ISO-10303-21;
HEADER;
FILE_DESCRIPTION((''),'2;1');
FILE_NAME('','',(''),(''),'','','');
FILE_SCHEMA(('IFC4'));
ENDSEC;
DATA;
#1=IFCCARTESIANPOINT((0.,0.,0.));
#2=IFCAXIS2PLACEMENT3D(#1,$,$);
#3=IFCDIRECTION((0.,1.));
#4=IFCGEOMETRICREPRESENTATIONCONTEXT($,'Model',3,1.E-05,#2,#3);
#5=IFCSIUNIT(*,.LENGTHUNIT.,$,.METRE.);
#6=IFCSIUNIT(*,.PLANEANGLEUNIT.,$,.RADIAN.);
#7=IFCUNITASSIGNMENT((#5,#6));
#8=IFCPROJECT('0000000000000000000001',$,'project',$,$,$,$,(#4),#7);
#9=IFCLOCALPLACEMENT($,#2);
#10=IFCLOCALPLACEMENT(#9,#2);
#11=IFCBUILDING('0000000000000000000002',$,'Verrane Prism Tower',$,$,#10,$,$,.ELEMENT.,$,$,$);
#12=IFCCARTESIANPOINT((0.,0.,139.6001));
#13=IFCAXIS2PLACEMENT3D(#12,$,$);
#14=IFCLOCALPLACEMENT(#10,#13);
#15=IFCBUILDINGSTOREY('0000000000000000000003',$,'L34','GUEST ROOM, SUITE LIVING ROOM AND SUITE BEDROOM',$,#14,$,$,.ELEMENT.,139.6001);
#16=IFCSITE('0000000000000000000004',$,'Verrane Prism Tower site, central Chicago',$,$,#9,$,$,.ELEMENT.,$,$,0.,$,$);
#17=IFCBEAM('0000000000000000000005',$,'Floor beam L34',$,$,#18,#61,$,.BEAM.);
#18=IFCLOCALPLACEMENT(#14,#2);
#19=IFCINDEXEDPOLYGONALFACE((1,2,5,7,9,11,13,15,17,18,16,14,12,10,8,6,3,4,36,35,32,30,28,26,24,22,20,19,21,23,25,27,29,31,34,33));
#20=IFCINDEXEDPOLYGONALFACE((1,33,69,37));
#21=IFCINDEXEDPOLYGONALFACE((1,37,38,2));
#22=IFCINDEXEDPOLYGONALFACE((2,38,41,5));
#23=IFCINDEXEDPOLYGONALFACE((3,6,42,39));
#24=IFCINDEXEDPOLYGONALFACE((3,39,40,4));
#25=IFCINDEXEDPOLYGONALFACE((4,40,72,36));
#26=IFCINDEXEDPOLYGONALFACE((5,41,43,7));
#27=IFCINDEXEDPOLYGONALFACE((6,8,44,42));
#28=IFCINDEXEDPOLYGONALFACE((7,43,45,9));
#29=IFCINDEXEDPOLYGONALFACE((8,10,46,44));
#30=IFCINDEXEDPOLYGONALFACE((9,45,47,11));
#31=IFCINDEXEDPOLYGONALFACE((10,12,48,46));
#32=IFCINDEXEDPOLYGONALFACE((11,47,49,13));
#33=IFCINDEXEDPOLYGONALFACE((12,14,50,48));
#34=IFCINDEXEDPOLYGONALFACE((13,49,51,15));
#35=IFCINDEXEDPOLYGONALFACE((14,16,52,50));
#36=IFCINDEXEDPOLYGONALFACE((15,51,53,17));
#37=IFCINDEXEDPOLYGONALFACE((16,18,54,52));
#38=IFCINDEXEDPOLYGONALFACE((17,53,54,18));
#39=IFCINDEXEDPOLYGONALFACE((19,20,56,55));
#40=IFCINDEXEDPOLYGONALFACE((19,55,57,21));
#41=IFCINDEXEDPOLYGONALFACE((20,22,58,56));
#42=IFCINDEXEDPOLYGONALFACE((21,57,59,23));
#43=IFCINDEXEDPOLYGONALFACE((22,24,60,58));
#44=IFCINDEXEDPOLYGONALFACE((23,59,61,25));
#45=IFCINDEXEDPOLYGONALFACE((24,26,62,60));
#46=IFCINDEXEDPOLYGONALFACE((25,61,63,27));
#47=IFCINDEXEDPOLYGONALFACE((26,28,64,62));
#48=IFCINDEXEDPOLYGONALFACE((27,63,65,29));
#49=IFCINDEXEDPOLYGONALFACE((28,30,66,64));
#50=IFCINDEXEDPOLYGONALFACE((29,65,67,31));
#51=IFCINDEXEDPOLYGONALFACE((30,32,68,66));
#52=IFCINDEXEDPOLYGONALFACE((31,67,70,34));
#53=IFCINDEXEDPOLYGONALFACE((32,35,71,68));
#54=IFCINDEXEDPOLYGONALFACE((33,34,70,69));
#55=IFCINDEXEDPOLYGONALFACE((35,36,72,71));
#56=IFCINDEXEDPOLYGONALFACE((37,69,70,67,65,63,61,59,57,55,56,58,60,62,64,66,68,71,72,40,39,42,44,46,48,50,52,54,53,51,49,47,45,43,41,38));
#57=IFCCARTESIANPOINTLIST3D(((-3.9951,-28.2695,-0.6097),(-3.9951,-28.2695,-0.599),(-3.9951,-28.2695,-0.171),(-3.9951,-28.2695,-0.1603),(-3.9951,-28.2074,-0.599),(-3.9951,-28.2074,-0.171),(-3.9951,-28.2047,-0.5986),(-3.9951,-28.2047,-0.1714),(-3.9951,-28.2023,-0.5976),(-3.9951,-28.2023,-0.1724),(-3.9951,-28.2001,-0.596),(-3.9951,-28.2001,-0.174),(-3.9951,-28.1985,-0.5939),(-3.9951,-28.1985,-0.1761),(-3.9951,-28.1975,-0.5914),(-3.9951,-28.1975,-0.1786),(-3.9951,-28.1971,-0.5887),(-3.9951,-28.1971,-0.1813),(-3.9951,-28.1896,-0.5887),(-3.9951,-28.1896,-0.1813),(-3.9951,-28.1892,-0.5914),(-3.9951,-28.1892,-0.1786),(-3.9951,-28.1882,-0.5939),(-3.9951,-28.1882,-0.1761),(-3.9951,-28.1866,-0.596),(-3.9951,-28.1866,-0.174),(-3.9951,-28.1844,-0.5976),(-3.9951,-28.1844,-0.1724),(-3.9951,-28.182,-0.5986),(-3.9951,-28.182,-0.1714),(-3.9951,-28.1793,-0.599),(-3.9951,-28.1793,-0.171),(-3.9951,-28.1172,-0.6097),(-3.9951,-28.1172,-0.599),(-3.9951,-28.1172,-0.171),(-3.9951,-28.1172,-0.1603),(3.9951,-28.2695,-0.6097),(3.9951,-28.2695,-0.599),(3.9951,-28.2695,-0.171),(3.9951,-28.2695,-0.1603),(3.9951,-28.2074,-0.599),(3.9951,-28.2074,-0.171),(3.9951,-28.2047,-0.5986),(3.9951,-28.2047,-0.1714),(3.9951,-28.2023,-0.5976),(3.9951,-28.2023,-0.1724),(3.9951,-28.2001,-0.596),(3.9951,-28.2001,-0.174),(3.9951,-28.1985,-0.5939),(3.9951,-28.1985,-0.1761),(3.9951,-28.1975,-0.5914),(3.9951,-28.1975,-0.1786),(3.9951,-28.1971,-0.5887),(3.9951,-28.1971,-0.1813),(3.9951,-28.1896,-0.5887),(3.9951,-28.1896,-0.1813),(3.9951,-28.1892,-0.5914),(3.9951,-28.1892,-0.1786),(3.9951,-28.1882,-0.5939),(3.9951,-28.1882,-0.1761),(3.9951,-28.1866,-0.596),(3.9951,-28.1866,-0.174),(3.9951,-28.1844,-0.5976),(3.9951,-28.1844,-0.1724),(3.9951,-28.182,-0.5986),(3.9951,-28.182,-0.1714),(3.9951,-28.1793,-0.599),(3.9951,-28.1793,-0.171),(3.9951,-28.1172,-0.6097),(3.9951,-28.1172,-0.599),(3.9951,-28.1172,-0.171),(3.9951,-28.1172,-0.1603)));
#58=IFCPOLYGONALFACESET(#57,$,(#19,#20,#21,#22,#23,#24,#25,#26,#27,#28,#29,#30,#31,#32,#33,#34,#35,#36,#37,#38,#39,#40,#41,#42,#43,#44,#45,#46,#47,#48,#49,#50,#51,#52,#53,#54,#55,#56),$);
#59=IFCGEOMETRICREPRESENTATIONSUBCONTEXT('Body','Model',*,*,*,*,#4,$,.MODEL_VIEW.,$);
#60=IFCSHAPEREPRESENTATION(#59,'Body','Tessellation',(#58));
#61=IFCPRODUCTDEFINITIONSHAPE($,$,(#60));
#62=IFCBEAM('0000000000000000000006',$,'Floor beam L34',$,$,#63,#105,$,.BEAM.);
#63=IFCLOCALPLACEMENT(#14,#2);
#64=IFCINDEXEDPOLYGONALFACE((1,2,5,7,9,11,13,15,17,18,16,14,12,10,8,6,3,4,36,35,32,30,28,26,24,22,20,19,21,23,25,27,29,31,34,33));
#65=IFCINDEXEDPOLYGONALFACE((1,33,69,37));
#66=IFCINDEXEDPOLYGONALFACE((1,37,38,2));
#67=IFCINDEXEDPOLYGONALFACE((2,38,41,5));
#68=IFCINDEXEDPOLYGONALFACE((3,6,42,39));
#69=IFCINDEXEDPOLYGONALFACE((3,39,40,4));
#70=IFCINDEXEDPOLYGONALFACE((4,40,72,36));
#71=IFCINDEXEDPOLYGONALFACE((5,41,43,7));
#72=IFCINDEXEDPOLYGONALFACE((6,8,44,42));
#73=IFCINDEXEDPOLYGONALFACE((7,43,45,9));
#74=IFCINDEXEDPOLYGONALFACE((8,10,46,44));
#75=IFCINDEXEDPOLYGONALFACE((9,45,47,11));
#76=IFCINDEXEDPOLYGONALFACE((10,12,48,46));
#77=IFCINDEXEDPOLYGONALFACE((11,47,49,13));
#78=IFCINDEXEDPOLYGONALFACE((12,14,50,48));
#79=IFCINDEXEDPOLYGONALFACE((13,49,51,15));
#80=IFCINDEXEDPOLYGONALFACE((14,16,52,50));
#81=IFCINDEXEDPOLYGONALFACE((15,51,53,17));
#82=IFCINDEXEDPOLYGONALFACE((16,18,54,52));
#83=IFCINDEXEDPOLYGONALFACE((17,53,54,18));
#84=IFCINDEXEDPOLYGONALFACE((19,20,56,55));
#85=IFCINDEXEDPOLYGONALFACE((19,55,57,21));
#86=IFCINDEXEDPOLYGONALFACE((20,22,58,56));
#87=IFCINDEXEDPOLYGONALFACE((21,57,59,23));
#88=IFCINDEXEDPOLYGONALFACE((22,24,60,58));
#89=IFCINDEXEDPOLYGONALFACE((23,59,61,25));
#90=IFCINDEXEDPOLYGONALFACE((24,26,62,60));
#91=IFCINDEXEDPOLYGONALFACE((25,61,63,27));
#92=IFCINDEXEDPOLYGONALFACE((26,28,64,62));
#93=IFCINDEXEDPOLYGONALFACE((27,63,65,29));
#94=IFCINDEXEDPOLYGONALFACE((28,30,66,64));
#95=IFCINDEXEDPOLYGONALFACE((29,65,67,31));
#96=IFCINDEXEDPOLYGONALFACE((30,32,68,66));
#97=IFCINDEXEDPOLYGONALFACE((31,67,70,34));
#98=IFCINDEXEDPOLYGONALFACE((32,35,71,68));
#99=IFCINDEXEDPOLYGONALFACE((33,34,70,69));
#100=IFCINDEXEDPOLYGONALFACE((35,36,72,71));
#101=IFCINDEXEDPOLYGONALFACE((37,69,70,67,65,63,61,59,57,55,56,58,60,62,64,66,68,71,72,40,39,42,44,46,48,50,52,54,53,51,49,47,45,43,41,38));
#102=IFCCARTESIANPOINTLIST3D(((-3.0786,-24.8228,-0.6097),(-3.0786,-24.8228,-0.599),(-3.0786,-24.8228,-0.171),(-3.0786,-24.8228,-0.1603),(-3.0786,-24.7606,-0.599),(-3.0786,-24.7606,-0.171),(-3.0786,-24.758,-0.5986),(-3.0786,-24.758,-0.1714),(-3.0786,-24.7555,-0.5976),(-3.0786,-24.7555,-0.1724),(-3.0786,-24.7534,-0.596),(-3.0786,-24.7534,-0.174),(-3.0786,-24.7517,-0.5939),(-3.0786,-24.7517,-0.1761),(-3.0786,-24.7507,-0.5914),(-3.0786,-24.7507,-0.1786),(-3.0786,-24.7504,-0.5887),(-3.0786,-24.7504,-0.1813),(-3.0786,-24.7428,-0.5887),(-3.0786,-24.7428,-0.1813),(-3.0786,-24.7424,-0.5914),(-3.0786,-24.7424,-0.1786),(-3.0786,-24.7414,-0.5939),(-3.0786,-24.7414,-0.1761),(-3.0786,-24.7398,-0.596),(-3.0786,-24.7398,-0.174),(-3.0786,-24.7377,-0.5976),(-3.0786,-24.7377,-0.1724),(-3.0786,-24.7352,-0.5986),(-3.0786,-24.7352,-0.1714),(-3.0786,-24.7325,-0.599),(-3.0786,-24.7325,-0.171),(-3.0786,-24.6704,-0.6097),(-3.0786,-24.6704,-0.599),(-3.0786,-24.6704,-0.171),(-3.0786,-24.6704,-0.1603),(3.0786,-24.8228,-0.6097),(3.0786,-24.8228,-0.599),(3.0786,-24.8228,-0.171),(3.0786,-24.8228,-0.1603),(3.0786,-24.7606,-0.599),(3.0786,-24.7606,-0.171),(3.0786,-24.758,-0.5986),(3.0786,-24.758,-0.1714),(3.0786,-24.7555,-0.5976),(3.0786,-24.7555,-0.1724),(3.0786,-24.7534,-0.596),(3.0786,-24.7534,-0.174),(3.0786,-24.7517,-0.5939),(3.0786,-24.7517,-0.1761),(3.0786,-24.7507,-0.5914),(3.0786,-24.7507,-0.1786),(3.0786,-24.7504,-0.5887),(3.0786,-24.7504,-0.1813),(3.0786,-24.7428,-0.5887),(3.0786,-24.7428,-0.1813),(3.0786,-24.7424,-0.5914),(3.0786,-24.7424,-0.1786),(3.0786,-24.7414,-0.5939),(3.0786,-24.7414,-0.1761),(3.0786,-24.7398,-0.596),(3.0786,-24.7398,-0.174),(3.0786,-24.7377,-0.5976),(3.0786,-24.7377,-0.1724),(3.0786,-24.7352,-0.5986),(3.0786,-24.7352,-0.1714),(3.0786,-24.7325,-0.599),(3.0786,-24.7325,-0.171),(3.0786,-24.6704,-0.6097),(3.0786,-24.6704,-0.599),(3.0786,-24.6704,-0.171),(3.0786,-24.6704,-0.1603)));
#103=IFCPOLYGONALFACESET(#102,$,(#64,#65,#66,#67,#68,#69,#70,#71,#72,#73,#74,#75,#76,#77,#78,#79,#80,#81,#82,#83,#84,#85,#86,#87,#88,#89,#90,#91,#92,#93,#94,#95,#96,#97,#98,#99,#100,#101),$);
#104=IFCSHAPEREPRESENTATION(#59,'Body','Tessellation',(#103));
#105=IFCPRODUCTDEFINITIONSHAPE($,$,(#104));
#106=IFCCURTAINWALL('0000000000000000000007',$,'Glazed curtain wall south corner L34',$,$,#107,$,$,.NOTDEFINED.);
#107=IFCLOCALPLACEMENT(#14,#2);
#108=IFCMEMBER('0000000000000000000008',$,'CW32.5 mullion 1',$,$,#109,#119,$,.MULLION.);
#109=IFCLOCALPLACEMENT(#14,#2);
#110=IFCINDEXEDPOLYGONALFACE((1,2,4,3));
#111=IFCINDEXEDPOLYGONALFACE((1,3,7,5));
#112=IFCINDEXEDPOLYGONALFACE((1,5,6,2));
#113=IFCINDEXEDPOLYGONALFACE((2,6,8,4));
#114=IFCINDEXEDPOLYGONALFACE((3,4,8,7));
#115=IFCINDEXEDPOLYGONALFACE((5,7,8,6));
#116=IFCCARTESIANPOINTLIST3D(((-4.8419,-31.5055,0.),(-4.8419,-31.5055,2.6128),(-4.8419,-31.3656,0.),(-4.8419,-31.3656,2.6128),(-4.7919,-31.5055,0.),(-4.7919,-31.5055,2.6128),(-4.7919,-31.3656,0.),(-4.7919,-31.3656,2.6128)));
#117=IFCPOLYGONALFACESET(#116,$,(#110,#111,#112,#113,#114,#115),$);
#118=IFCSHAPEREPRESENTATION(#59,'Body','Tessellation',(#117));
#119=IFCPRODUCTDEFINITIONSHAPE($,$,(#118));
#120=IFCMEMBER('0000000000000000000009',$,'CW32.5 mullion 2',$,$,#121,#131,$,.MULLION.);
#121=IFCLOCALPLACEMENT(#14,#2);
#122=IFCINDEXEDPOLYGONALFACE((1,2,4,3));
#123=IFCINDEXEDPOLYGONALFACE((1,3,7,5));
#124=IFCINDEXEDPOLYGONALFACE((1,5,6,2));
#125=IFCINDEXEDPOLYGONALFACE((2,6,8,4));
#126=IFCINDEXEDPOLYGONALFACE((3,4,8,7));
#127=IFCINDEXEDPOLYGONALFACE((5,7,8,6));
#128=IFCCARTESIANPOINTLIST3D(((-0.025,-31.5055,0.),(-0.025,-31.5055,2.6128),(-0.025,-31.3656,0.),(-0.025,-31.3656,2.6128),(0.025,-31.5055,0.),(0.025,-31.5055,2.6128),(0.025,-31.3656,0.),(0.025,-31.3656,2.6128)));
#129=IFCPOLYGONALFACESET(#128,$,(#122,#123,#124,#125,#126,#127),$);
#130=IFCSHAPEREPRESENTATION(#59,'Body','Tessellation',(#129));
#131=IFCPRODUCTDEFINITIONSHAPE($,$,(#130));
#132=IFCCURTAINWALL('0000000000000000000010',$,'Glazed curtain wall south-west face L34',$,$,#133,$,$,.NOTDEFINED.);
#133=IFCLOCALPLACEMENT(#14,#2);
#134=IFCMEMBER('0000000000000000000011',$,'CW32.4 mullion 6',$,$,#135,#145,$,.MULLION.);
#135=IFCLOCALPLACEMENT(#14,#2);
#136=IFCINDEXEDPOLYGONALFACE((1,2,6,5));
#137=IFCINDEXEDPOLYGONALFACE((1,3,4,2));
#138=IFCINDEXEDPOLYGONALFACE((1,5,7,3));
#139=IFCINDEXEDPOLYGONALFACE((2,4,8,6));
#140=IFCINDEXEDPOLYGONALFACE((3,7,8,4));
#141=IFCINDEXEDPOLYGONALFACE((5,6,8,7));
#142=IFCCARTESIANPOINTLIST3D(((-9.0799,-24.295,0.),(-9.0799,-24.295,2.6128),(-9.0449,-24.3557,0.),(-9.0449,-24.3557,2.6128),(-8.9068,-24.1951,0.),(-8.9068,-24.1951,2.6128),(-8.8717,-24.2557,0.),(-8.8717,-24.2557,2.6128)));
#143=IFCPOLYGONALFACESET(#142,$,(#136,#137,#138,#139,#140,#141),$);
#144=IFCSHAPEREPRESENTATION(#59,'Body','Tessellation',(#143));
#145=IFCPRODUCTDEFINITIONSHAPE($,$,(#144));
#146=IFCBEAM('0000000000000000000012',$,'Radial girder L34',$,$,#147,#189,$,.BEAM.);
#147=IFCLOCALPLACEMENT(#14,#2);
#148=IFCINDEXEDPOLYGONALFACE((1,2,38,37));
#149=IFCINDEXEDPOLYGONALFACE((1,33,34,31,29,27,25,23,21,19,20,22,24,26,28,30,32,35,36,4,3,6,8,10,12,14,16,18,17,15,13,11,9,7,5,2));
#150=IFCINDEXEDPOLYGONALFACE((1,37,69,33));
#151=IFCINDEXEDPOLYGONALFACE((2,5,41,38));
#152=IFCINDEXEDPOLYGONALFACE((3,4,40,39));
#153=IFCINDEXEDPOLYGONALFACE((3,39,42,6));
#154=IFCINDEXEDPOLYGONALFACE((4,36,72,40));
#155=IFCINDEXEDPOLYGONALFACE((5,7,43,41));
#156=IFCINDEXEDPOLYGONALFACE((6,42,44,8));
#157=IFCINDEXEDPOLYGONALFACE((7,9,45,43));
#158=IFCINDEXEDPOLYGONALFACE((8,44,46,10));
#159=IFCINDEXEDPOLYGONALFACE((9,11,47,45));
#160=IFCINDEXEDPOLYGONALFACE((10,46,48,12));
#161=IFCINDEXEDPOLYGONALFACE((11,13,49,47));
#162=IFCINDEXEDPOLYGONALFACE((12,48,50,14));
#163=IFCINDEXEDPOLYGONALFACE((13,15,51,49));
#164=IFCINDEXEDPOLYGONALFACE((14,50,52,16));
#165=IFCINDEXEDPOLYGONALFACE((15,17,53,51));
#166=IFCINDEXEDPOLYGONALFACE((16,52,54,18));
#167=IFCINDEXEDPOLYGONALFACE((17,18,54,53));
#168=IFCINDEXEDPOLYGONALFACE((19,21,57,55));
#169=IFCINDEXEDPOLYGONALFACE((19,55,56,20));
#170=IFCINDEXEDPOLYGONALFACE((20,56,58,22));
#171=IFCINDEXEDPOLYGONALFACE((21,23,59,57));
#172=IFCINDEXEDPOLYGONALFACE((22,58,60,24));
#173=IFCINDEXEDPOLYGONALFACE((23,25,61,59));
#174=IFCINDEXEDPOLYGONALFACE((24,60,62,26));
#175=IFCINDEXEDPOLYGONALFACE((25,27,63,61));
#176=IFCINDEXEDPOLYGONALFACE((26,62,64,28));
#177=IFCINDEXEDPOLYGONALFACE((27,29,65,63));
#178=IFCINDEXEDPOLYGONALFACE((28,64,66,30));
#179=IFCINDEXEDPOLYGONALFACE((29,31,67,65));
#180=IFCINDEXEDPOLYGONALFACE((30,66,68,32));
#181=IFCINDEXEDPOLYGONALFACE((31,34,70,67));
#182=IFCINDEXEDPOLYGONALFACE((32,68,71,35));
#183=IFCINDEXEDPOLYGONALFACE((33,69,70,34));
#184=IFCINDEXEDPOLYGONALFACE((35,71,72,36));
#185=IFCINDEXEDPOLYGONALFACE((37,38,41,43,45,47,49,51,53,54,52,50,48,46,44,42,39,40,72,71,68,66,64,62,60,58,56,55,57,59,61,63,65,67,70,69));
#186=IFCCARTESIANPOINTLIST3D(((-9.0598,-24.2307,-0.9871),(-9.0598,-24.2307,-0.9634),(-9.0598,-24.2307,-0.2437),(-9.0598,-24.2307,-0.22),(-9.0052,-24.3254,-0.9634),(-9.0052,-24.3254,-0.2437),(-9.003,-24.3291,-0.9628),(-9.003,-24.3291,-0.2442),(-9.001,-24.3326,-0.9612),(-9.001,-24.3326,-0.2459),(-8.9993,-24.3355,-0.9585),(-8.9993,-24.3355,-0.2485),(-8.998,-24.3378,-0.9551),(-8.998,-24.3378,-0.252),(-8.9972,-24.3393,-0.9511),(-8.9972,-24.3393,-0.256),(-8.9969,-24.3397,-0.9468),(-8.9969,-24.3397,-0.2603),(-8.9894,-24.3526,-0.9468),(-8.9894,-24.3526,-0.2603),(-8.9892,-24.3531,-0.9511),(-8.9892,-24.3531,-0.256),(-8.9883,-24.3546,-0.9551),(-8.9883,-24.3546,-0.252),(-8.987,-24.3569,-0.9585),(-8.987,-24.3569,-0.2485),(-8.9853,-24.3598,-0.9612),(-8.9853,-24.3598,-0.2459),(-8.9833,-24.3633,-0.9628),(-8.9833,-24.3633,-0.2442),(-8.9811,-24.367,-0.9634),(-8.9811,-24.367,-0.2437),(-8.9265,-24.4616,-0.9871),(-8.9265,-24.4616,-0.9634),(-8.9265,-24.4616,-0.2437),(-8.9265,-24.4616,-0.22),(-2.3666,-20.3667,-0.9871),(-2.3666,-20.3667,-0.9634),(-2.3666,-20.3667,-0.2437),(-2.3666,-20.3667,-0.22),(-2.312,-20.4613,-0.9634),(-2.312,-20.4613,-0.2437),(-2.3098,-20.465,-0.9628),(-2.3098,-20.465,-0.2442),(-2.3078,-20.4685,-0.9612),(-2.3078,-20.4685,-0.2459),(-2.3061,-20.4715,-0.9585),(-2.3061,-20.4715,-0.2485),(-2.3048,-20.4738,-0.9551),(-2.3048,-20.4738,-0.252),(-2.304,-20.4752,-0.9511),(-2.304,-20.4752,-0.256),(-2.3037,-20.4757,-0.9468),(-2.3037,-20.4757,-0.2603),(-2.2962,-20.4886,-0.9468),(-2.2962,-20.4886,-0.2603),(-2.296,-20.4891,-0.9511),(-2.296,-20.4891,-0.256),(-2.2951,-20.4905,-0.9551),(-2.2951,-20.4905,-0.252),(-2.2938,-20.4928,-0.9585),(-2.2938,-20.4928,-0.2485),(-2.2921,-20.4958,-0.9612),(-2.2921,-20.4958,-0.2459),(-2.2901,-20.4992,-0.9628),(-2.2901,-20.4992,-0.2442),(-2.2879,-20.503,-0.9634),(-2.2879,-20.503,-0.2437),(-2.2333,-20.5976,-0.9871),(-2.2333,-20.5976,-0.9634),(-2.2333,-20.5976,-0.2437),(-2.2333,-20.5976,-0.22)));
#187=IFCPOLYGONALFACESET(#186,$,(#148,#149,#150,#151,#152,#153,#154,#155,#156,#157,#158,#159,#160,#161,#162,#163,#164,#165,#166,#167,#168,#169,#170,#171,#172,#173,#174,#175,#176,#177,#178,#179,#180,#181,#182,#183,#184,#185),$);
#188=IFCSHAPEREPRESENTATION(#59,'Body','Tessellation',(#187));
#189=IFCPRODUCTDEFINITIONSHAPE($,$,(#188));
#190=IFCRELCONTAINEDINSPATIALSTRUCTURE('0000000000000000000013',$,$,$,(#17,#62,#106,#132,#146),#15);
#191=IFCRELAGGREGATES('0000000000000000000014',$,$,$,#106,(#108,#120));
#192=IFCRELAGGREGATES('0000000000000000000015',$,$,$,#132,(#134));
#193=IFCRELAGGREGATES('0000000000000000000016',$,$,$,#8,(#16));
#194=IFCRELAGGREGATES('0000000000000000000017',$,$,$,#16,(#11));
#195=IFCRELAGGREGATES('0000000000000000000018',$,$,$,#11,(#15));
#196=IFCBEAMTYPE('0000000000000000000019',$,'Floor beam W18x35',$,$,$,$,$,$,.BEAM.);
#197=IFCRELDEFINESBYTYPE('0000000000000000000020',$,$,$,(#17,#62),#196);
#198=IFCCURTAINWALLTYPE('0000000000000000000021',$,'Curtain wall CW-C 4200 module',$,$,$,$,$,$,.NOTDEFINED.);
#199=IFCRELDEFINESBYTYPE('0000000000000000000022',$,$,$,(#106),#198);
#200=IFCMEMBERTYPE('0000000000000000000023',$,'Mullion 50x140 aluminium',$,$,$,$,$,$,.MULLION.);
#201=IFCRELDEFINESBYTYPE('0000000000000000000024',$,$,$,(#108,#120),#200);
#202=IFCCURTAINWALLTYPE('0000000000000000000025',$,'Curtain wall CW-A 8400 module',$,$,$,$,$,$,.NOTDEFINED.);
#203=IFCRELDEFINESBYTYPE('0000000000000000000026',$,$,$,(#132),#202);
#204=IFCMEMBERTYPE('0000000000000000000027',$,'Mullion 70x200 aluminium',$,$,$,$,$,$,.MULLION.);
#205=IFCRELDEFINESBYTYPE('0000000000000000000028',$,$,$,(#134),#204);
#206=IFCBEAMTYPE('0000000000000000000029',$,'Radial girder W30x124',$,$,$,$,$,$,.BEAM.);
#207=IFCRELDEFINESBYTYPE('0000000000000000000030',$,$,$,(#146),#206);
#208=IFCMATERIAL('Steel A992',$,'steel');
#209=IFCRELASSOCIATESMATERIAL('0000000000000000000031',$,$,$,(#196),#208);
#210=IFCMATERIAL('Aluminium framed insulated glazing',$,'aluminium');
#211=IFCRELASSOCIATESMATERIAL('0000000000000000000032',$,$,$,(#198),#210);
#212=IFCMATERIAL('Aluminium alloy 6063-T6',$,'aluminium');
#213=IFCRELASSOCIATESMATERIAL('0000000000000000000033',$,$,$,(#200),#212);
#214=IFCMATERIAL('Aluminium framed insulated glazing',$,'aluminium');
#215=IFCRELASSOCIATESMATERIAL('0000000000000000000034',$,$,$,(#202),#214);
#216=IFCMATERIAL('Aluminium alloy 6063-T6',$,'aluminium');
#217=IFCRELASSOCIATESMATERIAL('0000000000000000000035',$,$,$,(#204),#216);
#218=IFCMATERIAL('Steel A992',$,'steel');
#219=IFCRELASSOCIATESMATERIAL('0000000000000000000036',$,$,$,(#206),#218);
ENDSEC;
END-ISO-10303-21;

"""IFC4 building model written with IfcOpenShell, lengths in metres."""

from ifc_helpers import new_model, si_unit, direction, frame, origin, origin_2d, place, context, subcontext, project, spatial, rectangle, i_section, extrude, material, material_profile, profile_set, type_object, element, aggregate, save


model = new_model("IFC4")

# Units and contexts
model_context = context("Model", 3, precision=1e-05, world=origin(), true_north=direction((0.0, 1.0)))
body_context = subcontext(model_context, "Body", "Model", "MODEL_VIEW")
ifc_project = project(units=[si_unit("LENGTHUNIT", "METRE"), si_unit("PLANEANGLEUNIT", "RADIAN")], contexts=[model_context])

# Site, building, storey
site_placement = place(None, origin())
site = spatial("IfcSite", under=ifc_project, at=site_placement, Name="Verrane Prism Tower site, central Chicago", CompositionType="ELEMENT", RefElevation=0.0)
building_placement = place(site_placement, origin())
building = spatial("IfcBuilding", under=site, at=building_placement, Name="Verrane Prism Tower", CompositionType="ELEMENT")
storey_placement = place(building_placement, frame((0.0, 0.0, 139.6001)))
storey = spatial("IfcBuildingStorey", under=building, at=storey_placement, Name="L34", Description="GUEST ROOM, SUITE LIVING ROOM AND SUITE BEDROOM", CompositionType="ELEMENT", Elevation=139.6001)

# Beams
ifc_material_1 = material(Name="Steel A992", Category="steel")
ifc_material_profile_1 = material_profile(ifc_material_1, i_section(OverallWidth=0.1523, OverallDepth=0.4495, WebThickness=0.0076, FlangeThickness=0.0107, FilletRadius=0.0103, at=origin_2d()), Name="W18x35")
ifc_profile_set_1 = profile_set([ifc_material_profile_1], Name="Steel A992")
beam_type_1 = type_object("IfcBeamType", Name="Floor beam W18x35", PredefinedType="BEAM", material=ifc_profile_set_1)
beam_1_placement = place(storey_placement, frame((-3.9951, -28.1934, -0.385), z_axis=(1.0, 0.0, 0.0), x_axis=(0.0, 1.0, 0.0)))
element("IfcBeam", 1, at=beam_1_placement, inside=storey, type_object=beam_type_1, Name="Floor beam L34", PredefinedType="BEAM", context=body_context, shape_type="SweptSolid", body=[
    extrude(i_section(OverallWidth=0.1523, OverallDepth=0.4495, WebThickness=0.0076, FlangeThickness=0.0107, FilletRadius=0.0103, at=origin_2d()), origin(), (0.0, 0.0, 1.0), 7.9902),
])
beam_2_placement = place(storey_placement, frame((-3.0786, -24.7466, -0.385), z_axis=(1.0, 0.0, 0.0), x_axis=(0.0, 1.0, 0.0)))
element("IfcBeam", 2, at=beam_2_placement, inside=storey, type_object=beam_type_1, Name="Floor beam L34", PredefinedType="BEAM", context=body_context, shape_type="SweptSolid", body=[
    extrude(i_section(OverallWidth=0.1523, OverallDepth=0.4495, WebThickness=0.0076, FlangeThickness=0.0107, FilletRadius=0.0103, at=origin_2d()), origin(), (0.0, 0.0, 1.0), 6.1572),
])

# Curtain wall, members
ifc_material_2 = material(Name="Aluminium framed insulated glazing", Category="aluminium")
curtain_wall_type_1 = type_object("IfcCurtainWallType", Name="Curtain wall CW-C 4200 module", PredefinedType="NOTDEFINED", material=ifc_material_2)
curtain_wall_1_placement = place(storey_placement, origin())
curtain_wall_1 = element("IfcCurtainWall", 3, at=curtain_wall_1_placement, inside=storey, type_object=curtain_wall_type_1, Name="Glazed curtain wall south corner L34", PredefinedType="NOTDEFINED")
ifc_material_3 = material(Name="Aluminium alloy 6063-T6", Category="aluminium")
ifc_material_profile_2 = material_profile(ifc_material_3, rectangle(XDim=0.1399, YDim=0.05, at=origin_2d()), Name="Mullion 50x140 aluminium")
ifc_profile_set_2 = profile_set([ifc_material_profile_2], Name="Aluminium alloy 6063-T6")
member_type_1 = type_object("IfcMemberType", Name="Mullion 50x140 aluminium", PredefinedType="MULLION", material=ifc_profile_set_2)
member_1_placement = place(storey_placement, frame((-4.8169, -31.4355, 0.0), z_axis=(0.0, 0.0, 1.0), x_axis=(0.0, 1.0, 0.0)))
member_1 = element("IfcMember", 4, at=member_1_placement, type_object=member_type_1, Name="CW32.5 mullion 1", PredefinedType="MULLION", context=body_context, shape_type="SweptSolid", body=[
    extrude(rectangle(XDim=0.1399, YDim=0.05, at=origin_2d()), origin(), (0.0, 0.0, 1.0), 2.6128),
])
member_2_placement = place(storey_placement, frame((0.0, -31.4355, 0.0), z_axis=(0.0, 0.0, 1.0), x_axis=(0.0, 1.0, 0.0)))
member_2 = element("IfcMember", 5, at=member_2_placement, type_object=member_type_1, Name="CW32.5 mullion 2", PredefinedType="MULLION", context=body_context, shape_type="SweptSolid", body=[
    extrude(rectangle(XDim=0.1399, YDim=0.05, at=origin_2d()), origin(), (0.0, 0.0, 1.0), 2.6128),
])

# Curtain wall, member
ifc_material_4 = material(Name="Aluminium framed insulated glazing", Category="aluminium")
curtain_wall_type_2 = type_object("IfcCurtainWallType", Name="Curtain wall CW-A 8400 module", PredefinedType="NOTDEFINED", material=ifc_material_4)
curtain_wall_2_placement = place(storey_placement, origin())
curtain_wall_2 = element("IfcCurtainWall", 6, at=curtain_wall_2_placement, inside=storey, type_object=curtain_wall_type_2, Name="Glazed curtain wall south-west face L34", PredefinedType="NOTDEFINED")
ifc_material_5 = material(Name="Aluminium alloy 6063-T6", Category="aluminium")
ifc_material_profile_3 = material_profile(ifc_material_5, rectangle(XDim=0.2, YDim=0.0701, at=origin_2d()), Name="Mullion 70x200 aluminium")
ifc_profile_set_3 = profile_set([ifc_material_profile_3], Name="Aluminium alloy 6063-T6")
member_type_2 = type_object("IfcMemberType", Name="Mullion 70x200 aluminium", PredefinedType="MULLION", material=ifc_profile_set_3)
member_3_placement = place(storey_placement, frame((-8.9758, -24.2754, 0.0), z_axis=(0.0, 0.0, 1.0), x_axis=(0.866025, 0.5, 0.0)))
member_3 = element("IfcMember", 7, at=member_3_placement, type_object=member_type_2, Name="CW32.4 mullion 6", PredefinedType="MULLION", context=body_context, shape_type="SweptSolid", body=[
    extrude(rectangle(XDim=0.2, YDim=0.0701, at=origin_2d()), origin(), (0.0, 0.0, 1.0), 2.6128),
])

# Beam
ifc_material_6 = material(Name="Steel A992", Category="steel")
ifc_material_profile_4 = material_profile(ifc_material_6, i_section(OverallWidth=0.2666, OverallDepth=0.7671, WebThickness=0.0149, FlangeThickness=0.0237, FilletRadius=0.0166, at=origin_2d()), Name="W30x124")
ifc_profile_set_4 = profile_set([ifc_material_profile_4], Name="Steel A992")
beam_type_2 = type_object("IfcBeamType", Name="Radial girder W30x124", PredefinedType="BEAM", material=ifc_profile_set_4)
beam_3_placement = place(storey_placement, frame((-8.9932, -24.3462, -0.6035), z_axis=(0.86604, 0.499975, 0.0), x_axis=(-0.499975, 0.86604, 0.0)))
element("IfcBeam", 8, at=beam_3_placement, inside=storey, type_object=beam_type_2, Name="Radial girder L34", PredefinedType="BEAM", context=body_context, shape_type="SweptSolid", body=[
    extrude(i_section(OverallWidth=0.2666, OverallDepth=0.7671, WebThickness=0.0149, FlangeThickness=0.0237, FilletRadius=0.0166, at=origin_2d()), origin(), (0.0, 0.0, 1.0), 7.7285),
])

aggregate(curtain_wall_1, [member_1, member_2])
aggregate(curtain_wall_2, [member_3])

save(model, "model.ifc")
